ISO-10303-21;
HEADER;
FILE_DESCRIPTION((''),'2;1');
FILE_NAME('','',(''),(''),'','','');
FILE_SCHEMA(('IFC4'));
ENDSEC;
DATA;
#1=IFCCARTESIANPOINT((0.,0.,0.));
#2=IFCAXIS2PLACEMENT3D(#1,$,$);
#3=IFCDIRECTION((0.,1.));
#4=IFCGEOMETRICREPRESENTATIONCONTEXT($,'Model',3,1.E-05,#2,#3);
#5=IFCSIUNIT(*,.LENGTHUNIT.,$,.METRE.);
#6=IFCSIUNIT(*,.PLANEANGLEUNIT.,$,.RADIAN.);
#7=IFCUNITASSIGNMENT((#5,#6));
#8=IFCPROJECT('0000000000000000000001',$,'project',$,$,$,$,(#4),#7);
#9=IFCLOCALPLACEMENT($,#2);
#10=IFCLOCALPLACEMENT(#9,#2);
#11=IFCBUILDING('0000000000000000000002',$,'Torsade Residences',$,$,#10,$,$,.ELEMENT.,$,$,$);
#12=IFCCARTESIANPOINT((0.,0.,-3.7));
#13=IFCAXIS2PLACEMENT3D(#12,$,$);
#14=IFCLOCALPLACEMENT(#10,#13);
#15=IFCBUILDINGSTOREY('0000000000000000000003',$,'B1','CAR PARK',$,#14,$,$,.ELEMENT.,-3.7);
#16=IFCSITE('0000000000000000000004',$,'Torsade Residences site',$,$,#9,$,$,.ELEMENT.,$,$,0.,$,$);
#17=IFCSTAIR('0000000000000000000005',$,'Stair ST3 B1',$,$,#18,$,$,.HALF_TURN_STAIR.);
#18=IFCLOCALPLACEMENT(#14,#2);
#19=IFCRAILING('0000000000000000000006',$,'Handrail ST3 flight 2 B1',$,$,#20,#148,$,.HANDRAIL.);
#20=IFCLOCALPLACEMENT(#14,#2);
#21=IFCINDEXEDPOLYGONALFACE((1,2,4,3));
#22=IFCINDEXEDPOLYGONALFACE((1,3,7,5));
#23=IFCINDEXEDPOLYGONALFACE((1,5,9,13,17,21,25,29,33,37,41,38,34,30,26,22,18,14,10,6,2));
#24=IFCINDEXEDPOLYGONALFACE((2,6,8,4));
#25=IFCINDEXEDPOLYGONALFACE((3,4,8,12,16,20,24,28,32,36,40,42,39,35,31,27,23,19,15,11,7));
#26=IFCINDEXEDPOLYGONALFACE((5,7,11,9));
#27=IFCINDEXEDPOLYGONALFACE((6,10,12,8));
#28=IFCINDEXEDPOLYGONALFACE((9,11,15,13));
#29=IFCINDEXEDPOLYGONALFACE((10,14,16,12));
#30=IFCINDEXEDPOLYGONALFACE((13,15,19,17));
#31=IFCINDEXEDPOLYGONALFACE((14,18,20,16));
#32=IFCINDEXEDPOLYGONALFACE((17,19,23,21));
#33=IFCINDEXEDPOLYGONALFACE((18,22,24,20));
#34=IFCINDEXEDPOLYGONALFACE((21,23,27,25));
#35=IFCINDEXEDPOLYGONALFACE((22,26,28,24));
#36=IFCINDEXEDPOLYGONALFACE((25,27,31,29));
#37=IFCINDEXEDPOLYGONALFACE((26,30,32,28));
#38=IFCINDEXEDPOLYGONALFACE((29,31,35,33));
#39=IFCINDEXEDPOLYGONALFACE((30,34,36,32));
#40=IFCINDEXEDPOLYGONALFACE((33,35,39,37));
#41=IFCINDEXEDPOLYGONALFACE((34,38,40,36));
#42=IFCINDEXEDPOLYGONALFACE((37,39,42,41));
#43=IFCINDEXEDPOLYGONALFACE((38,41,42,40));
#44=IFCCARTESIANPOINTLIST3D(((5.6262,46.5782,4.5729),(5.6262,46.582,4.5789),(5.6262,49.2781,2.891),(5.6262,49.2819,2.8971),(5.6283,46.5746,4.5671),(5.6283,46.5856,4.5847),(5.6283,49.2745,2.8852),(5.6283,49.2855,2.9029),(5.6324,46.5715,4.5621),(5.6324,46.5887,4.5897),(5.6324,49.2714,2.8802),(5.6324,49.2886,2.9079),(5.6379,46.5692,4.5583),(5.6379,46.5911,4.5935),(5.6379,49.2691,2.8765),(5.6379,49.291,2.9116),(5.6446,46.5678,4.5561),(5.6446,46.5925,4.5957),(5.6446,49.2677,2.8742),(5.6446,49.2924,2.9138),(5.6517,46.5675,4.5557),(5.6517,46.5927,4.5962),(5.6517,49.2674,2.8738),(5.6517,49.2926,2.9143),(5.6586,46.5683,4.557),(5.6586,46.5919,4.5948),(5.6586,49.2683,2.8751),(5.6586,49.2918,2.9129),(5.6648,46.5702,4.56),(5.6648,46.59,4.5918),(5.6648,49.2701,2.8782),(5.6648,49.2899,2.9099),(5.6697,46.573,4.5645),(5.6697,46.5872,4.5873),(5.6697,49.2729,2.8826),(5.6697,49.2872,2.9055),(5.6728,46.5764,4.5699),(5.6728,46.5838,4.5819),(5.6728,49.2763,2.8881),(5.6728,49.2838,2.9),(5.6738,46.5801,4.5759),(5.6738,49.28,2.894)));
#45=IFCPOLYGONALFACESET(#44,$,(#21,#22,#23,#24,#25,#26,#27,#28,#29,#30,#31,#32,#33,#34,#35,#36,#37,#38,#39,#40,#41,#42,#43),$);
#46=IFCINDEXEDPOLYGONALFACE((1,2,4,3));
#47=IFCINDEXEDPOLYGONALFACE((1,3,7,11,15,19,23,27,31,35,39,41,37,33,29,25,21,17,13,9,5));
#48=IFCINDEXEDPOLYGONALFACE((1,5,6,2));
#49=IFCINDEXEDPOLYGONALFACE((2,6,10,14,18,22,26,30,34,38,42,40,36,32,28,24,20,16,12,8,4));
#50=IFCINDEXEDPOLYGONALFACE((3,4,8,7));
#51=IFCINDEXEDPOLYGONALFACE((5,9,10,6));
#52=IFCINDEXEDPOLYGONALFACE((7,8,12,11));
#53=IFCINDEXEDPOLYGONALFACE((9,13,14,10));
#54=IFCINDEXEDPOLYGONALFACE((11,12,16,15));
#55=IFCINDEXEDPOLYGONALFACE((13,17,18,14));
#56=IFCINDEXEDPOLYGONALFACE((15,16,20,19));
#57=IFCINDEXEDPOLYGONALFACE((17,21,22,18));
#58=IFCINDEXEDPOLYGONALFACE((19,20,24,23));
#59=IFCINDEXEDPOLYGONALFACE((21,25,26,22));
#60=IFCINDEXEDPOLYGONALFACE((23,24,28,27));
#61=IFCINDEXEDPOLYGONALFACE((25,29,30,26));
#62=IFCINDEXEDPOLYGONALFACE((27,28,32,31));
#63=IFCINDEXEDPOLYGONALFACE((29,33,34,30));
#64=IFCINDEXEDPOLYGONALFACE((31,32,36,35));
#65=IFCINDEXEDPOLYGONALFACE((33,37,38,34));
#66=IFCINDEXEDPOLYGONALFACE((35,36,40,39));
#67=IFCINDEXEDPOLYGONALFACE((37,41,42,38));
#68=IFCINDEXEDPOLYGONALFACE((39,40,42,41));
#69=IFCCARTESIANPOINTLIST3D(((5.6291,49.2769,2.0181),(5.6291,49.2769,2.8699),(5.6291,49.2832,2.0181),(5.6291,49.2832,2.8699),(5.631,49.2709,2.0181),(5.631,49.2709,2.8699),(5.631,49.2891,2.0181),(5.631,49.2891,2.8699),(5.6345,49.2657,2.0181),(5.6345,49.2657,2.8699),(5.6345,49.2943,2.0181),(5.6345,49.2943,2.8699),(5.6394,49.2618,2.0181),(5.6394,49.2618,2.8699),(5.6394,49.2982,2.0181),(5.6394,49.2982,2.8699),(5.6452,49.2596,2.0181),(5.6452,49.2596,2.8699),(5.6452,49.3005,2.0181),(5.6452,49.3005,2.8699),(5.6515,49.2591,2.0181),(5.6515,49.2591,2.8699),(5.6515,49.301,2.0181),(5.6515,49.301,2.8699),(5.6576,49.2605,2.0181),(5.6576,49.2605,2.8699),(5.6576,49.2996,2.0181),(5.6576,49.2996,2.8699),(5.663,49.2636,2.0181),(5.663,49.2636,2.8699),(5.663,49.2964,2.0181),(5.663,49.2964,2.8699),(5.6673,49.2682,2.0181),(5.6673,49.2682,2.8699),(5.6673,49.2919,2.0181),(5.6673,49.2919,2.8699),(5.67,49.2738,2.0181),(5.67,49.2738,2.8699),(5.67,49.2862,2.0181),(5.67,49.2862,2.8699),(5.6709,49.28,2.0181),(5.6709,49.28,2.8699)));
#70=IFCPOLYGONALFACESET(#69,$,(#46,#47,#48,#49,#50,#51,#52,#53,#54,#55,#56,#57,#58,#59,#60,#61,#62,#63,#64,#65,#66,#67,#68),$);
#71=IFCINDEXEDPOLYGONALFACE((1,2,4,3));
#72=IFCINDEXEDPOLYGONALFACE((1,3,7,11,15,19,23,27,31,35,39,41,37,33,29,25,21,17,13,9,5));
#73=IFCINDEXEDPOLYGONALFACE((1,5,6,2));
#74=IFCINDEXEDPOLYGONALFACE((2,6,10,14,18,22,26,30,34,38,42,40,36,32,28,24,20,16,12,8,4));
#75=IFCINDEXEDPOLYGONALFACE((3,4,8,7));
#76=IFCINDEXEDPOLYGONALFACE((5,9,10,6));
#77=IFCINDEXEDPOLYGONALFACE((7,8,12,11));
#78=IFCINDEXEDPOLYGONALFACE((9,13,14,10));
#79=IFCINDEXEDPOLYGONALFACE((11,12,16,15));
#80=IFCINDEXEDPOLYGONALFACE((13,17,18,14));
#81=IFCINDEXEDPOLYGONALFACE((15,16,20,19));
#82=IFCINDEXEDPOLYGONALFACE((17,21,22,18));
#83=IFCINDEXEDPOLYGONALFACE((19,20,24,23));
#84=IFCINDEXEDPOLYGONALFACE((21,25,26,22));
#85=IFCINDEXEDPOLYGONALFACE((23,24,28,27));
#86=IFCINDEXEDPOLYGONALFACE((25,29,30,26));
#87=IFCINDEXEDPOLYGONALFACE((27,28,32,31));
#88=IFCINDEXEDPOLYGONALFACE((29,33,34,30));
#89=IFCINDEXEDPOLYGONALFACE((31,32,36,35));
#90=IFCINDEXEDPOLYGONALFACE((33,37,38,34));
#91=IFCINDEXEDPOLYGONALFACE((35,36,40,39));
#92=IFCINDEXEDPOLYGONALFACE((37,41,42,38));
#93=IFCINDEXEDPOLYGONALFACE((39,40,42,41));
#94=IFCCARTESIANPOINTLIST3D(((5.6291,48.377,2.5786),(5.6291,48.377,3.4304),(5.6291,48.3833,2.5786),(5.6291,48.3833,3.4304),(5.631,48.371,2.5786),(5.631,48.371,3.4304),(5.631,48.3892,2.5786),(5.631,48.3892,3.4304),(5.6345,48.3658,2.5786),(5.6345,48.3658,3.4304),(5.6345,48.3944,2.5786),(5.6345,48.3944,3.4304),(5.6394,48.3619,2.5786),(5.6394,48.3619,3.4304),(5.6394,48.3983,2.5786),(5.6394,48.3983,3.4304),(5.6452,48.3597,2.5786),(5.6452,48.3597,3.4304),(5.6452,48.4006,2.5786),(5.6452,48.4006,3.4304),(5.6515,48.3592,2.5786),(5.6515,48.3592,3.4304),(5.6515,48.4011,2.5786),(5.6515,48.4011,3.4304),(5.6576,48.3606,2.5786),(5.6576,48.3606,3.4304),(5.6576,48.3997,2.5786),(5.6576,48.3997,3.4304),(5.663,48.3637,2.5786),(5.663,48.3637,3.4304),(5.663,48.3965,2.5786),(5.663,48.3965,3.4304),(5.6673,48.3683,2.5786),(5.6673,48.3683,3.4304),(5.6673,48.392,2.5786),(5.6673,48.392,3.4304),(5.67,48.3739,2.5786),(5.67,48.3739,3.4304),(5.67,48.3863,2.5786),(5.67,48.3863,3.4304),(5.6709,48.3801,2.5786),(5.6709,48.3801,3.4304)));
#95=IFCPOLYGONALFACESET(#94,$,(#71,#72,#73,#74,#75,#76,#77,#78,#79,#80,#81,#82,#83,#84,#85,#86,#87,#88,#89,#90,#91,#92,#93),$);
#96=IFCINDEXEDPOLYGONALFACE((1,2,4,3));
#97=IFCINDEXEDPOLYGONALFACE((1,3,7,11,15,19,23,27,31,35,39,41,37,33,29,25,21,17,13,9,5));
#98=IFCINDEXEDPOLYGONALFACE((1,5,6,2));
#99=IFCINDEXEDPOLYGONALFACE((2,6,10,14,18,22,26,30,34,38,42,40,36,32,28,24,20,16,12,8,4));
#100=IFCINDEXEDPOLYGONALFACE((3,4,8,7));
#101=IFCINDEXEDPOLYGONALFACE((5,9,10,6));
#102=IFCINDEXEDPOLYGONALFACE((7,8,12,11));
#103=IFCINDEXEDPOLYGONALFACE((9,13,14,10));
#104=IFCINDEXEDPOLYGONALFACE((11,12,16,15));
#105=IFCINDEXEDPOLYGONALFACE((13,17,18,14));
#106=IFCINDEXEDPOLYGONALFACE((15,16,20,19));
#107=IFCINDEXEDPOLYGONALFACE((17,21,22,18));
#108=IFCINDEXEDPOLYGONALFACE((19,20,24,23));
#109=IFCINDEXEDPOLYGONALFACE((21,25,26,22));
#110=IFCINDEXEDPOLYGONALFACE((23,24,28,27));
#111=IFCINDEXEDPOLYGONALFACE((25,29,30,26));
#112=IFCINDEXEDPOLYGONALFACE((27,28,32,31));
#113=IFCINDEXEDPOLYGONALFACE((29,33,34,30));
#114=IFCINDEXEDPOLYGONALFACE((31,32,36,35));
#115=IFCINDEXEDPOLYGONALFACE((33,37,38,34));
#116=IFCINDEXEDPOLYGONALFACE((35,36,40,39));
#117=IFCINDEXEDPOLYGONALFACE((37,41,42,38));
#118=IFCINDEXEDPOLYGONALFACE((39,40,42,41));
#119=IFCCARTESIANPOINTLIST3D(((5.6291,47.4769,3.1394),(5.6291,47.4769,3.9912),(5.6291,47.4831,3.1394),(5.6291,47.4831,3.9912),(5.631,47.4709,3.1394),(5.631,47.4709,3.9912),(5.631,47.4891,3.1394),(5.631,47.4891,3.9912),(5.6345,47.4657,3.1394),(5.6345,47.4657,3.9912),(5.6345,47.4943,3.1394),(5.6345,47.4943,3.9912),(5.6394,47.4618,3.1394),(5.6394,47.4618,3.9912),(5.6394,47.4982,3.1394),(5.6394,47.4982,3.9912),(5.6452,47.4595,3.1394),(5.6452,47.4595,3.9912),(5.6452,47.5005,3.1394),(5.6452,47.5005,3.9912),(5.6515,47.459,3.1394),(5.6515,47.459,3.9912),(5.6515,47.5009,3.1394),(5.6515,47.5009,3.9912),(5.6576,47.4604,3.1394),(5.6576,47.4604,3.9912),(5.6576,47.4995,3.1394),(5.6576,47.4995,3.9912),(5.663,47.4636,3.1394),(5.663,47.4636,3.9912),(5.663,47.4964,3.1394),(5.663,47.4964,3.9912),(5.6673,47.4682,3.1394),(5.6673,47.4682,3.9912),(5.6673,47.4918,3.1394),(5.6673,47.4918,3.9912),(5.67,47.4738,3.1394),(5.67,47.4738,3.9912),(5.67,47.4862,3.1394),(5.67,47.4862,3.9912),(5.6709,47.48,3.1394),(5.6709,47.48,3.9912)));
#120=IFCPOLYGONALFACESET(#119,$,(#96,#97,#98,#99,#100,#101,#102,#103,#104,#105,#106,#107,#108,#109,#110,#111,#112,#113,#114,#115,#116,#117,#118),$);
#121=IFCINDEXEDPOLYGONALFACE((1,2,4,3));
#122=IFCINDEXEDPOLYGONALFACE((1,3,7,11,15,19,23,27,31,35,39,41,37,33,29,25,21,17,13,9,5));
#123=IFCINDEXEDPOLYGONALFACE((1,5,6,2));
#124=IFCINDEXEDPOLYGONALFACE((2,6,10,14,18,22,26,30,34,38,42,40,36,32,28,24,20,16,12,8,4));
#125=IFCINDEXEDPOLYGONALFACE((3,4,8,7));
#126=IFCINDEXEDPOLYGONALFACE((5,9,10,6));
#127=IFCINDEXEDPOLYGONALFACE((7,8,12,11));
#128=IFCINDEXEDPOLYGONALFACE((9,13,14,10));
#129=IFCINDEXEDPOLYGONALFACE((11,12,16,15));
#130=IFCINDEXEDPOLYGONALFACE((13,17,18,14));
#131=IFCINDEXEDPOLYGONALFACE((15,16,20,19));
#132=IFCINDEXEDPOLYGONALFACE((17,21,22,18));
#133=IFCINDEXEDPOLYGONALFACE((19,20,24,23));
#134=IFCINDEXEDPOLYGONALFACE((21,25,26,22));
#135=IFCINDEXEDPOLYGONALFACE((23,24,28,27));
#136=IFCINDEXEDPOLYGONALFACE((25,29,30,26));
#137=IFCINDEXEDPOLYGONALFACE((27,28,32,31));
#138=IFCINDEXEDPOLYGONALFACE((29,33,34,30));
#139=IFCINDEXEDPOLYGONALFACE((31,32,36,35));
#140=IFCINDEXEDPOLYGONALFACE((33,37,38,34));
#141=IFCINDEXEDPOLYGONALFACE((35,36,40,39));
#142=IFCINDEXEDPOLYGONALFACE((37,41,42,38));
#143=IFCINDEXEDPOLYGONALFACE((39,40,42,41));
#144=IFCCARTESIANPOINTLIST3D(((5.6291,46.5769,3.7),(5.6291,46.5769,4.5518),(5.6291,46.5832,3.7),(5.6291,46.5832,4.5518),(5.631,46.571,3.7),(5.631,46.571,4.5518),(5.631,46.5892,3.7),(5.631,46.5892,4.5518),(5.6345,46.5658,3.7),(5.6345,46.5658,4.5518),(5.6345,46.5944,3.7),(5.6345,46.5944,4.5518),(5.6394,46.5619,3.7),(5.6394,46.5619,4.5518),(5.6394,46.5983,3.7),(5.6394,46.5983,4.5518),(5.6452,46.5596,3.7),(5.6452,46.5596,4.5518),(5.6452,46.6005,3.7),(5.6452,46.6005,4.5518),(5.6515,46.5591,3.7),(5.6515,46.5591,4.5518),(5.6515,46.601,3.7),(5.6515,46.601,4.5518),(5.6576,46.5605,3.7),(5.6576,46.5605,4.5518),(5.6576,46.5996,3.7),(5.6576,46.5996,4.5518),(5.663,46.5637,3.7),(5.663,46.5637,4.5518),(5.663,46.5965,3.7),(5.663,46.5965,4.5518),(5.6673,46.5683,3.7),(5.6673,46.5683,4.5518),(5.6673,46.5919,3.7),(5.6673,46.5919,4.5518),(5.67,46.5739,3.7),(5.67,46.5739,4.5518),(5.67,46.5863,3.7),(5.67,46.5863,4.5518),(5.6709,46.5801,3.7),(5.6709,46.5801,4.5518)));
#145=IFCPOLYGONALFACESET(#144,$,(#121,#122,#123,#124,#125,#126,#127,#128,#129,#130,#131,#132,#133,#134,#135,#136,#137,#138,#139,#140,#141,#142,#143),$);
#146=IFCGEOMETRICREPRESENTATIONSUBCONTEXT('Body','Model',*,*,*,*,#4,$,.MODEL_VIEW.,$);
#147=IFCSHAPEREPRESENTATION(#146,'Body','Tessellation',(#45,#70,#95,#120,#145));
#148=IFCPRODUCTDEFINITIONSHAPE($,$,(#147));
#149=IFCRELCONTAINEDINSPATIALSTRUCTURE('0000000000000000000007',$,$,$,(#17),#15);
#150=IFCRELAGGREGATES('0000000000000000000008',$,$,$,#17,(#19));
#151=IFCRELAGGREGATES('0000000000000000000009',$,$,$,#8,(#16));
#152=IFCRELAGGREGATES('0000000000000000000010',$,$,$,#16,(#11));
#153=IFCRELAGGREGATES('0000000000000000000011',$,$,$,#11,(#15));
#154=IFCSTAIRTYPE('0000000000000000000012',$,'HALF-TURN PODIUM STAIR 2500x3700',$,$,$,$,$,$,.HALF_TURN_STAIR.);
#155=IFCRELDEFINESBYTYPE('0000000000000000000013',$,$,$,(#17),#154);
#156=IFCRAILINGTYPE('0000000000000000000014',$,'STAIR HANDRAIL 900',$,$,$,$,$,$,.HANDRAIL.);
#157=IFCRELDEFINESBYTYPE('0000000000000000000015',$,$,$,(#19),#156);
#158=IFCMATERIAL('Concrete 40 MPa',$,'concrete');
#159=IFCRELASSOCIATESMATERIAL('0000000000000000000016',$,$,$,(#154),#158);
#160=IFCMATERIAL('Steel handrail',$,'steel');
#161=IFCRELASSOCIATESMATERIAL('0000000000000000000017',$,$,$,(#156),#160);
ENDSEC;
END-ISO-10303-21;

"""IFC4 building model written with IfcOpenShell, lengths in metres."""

from ifc_helpers import new_model, si_unit, direction, frame, origin, origin_2d, place, context, subcontext, project, spatial, circle, extrude, material, type_object, element, aggregate, save


model = new_model("IFC4")

# Units and contexts
model_context = context("Model", 3, precision=1e-05, world=origin(), true_north=direction((0.0, 1.0)))
body_context = subcontext(model_context, "Body", "Model", "MODEL_VIEW")
ifc_project = project(units=[si_unit("LENGTHUNIT", "METRE"), si_unit("PLANEANGLEUNIT", "RADIAN")], contexts=[model_context])

# Site, building, storey
site_placement = place(None, origin())
site = spatial("IfcSite", under=ifc_project, at=site_placement, Name="Torsade Residences site", CompositionType="ELEMENT", RefElevation=0.0)
building_placement = place(site_placement, origin())
building = spatial("IfcBuilding", under=site, at=building_placement, Name="Torsade Residences", CompositionType="ELEMENT")
storey_placement = place(building_placement, frame((0.0, 0.0, -3.7)))
storey = spatial("IfcBuildingStorey", under=building, at=storey_placement, Name="B1", Description="CAR PARK", CompositionType="ELEMENT", Elevation=-3.7)

# Stair, railing
ifc_material_1 = material(Name="Concrete 40 MPa", Category="concrete")
stair_type = type_object("IfcStairType", Name="HALF-TURN PODIUM STAIR 2500x3700", PredefinedType="HALF_TURN_STAIR", material=ifc_material_1)
stair_placement = place(storey_placement, origin())
stair = element("IfcStair", 1, at=stair_placement, inside=storey, type_object=stair_type, Name="Stair ST3 B1", PredefinedType="HALF_TURN_STAIR")
ifc_material_2 = material(Name="Steel handrail", Category="steel")
railing_type = type_object("IfcRailingType", Name="STAIR HANDRAIL 900", PredefinedType="HANDRAIL", material=ifc_material_2)
railing_1_placement = place(storey_placement, frame((5.6499, 49.28, 2.0181)))
railing_1 = element("IfcRailing", 2, at=railing_1_placement, type_object=railing_type, Name="Handrail ST3 flight 2 B1", PredefinedType="HANDRAIL", context=body_context, shape_type="SweptSolid", body=[
    extrude(circle(Radius=0.0239, at=origin_2d()), frame((0.0, 0.0, 0.876), z_axis=(0.0, -0.848786, 0.528736), x_axis=(1.0, 0.0, 0.0)), (0.0, 0.0, 1.0), 3.1809),
    extrude(circle(Radius=0.021, at=origin_2d()), origin(), (0.0, 0.0, 1.0), 0.8518),
    extrude(circle(Radius=0.021, at=origin_2d()), frame((0.0, -0.8999, 0.5605)), (0.0, 0.0, 1.0), 0.8518),
    extrude(circle(Radius=0.021, at=origin_2d()), frame((0.0, -1.8, 1.1213)), (0.0, 0.0, 1.0), 0.8518),
    extrude(circle(Radius=0.021, at=origin_2d()), frame((0.0, -2.7, 1.6819)), (0.0, 0.0, 1.0), 0.8518),
])
aggregate(stair, [railing_1])

save(model, "model.ifc")
